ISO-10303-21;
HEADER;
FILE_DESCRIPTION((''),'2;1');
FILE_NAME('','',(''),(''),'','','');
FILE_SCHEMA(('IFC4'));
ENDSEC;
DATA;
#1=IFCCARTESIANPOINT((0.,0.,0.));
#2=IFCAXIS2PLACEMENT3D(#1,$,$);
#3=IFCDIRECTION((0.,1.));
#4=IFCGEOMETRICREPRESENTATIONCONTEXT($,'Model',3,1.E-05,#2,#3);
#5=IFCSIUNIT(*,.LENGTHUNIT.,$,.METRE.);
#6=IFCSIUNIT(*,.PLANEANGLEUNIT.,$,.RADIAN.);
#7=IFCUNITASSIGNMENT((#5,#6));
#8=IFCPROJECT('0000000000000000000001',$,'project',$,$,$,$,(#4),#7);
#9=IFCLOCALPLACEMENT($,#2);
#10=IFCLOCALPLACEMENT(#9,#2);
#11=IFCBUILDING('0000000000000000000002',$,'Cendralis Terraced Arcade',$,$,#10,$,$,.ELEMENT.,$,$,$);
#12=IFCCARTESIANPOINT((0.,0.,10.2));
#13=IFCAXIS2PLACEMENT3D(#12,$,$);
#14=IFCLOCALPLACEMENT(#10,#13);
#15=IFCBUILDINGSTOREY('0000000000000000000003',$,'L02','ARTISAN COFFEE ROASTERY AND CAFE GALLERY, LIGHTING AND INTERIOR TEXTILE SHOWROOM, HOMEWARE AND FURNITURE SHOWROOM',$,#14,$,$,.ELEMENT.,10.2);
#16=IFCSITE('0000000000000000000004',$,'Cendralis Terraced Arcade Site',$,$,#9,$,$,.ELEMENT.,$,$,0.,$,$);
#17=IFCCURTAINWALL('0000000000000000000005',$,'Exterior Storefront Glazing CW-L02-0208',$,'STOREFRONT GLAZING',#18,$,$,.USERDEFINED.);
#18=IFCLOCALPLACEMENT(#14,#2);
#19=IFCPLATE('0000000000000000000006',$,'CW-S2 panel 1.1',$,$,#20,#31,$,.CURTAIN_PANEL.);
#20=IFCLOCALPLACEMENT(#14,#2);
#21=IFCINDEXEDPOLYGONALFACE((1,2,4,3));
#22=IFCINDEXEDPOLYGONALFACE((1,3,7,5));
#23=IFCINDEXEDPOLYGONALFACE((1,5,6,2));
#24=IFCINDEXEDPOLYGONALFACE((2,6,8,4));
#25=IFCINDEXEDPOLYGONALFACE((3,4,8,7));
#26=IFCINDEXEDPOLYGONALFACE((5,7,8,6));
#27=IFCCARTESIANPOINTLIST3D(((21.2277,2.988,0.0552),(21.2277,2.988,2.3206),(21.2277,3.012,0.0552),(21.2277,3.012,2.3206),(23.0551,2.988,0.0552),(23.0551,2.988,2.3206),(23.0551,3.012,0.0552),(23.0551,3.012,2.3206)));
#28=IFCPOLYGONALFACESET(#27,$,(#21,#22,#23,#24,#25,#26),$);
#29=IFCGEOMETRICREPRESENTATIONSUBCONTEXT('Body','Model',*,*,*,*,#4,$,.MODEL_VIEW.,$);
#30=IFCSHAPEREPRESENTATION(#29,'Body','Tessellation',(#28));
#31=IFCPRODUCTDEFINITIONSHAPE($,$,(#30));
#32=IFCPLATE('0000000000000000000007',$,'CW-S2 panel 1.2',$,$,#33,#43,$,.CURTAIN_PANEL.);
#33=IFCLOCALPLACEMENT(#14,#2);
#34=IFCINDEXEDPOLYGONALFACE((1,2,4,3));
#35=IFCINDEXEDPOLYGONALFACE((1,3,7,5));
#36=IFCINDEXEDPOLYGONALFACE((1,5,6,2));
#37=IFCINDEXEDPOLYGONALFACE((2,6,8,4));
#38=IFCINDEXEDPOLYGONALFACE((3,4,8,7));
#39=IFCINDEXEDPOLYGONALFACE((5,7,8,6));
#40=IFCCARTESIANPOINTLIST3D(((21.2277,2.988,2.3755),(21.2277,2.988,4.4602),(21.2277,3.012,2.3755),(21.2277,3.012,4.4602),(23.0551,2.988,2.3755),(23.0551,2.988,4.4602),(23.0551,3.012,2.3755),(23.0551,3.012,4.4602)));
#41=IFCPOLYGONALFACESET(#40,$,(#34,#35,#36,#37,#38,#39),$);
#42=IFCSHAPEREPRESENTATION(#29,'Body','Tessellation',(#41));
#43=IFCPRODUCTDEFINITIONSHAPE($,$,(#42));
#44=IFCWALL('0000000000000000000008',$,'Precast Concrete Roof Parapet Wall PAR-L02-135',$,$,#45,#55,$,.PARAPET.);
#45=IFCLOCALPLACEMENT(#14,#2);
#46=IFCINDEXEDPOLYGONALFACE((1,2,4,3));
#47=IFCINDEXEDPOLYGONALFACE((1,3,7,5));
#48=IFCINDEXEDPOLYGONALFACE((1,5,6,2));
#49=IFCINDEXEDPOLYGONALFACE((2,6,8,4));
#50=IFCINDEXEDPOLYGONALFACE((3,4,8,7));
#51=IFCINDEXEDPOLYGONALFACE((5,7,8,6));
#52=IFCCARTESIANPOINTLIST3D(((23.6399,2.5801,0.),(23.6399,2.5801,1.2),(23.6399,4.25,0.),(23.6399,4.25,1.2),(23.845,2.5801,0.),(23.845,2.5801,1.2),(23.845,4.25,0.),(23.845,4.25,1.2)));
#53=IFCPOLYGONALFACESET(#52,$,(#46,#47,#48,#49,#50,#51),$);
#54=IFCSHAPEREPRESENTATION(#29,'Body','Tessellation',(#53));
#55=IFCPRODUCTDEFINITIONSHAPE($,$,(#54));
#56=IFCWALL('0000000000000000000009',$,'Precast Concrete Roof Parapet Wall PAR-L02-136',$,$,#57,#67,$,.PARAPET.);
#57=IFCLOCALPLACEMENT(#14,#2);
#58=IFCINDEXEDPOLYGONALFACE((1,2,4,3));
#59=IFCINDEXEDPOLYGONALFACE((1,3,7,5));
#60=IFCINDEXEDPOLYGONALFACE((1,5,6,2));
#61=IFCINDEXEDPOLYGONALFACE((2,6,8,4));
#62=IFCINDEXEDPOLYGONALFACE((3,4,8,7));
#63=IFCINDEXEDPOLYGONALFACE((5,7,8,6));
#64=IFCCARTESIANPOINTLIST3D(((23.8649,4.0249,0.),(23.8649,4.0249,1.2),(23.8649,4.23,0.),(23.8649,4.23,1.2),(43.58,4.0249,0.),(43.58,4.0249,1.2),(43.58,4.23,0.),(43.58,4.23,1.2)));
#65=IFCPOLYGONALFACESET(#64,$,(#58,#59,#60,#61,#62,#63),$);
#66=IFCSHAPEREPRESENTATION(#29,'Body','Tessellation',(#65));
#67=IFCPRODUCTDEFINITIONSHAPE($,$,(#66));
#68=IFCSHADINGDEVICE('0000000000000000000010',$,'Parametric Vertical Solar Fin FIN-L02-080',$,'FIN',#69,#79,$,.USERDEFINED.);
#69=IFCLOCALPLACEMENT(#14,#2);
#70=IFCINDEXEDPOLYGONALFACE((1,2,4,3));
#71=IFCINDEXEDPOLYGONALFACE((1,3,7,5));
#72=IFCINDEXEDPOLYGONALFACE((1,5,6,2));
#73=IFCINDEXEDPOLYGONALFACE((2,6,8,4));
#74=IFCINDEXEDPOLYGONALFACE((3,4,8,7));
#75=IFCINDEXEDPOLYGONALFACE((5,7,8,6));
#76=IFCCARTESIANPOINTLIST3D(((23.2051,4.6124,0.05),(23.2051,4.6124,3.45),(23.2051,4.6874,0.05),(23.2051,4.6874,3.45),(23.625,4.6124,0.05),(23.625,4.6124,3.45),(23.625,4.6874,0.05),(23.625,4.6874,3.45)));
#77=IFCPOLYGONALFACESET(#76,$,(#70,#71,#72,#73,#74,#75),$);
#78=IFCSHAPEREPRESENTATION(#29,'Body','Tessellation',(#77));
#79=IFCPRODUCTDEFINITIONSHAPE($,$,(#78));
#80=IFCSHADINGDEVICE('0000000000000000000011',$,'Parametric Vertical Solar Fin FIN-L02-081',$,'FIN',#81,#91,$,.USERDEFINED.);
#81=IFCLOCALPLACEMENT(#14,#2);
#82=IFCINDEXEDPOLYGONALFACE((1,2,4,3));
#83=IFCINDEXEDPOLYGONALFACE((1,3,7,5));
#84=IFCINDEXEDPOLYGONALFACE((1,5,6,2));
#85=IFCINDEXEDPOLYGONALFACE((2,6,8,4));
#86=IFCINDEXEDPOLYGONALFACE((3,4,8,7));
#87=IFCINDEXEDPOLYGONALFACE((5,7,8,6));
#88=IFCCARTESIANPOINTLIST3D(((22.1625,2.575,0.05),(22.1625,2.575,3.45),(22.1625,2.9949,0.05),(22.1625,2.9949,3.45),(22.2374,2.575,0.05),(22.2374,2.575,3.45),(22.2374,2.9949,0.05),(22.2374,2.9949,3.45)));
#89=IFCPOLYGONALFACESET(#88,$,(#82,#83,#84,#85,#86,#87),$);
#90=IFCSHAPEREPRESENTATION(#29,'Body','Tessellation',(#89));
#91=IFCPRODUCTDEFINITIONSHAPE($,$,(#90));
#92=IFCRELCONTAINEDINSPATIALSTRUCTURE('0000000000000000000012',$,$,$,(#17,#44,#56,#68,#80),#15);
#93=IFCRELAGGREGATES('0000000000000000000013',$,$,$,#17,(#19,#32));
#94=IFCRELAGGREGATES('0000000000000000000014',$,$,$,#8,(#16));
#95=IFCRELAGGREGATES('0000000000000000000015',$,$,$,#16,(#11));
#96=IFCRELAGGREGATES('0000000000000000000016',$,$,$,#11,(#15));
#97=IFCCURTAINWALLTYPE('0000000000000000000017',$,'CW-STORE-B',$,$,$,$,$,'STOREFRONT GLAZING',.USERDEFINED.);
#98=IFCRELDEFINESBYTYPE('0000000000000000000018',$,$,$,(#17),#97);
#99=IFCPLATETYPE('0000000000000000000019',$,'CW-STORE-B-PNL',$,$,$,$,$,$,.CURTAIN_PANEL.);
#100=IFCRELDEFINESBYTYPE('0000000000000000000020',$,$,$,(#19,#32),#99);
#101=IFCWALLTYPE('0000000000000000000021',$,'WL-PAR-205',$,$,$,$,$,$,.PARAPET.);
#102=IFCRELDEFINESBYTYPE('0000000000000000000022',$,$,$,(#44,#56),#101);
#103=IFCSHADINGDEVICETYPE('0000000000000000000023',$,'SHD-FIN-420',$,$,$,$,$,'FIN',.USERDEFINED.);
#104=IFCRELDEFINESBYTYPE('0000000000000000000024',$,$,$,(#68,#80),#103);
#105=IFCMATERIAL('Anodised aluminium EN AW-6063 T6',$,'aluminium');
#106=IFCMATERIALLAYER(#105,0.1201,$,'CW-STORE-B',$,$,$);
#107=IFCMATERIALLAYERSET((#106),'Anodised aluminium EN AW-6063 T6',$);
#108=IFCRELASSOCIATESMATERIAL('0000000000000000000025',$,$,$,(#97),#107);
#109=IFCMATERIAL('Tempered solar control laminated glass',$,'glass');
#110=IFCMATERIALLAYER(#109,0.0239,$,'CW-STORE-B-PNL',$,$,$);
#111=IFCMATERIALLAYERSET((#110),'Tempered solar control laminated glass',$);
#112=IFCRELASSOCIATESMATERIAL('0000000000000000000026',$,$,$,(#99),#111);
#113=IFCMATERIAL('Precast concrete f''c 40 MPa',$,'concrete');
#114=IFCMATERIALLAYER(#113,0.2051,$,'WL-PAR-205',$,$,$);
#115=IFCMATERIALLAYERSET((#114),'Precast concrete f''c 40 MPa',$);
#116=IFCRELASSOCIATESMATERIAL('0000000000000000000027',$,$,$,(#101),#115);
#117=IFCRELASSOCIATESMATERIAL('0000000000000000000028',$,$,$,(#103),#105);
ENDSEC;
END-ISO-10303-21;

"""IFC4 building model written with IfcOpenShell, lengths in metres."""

from ifc_helpers import new_model, si_unit, direction, frame, frame_2d, origin, origin_2d, place, context, subcontext, project, spatial, rectangle, extrude, material, layer, layer_set, type_object, element, aggregate, save


model = new_model("IFC4")

# Units and contexts
model_context = context("Model", 3, precision=1e-05, world=origin(), true_north=direction((0.0, 1.0)))
body_context = subcontext(model_context, "Body", "Model", "MODEL_VIEW")
ifc_project = project(units=[si_unit("LENGTHUNIT", "METRE"), si_unit("PLANEANGLEUNIT", "RADIAN")], contexts=[model_context])

# Site, building, storey
site_placement = place(None, origin())
site = spatial("IfcSite", under=ifc_project, at=site_placement, Name="Cendralis Terraced Arcade Site", CompositionType="ELEMENT", RefElevation=0.0)
building_placement = place(site_placement, origin())
building = spatial("IfcBuilding", under=site, at=building_placement, Name="Cendralis Terraced Arcade", CompositionType="ELEMENT")
storey_placement = place(building_placement, frame((0.0, 0.0, 10.2)))
storey = spatial("IfcBuildingStorey", under=building, at=storey_placement, Name="L02", Description="ARTISAN COFFEE ROASTERY AND CAFE GALLERY, LIGHTING AND INTERIOR TEXTILE SHOWROOM, HOMEWARE AND FURNITURE SHOWROOM", CompositionType="ELEMENT", Elevation=10.2)

# Curtain wall
ifc_material_1 = material(Name="Anodised aluminium EN AW-6063 T6", Category="aluminium")
ifc_layer_1 = layer(ifc_material_1, 0.1201, Name="CW-STORE-B")
ifc_layer_set_1 = layer_set([ifc_layer_1], Name="Anodised aluminium EN AW-6063 T6")
curtain_wall_type = type_object("IfcCurtainWallType", Name="CW-STORE-B", ElementType="STOREFRONT GLAZING", PredefinedType="USERDEFINED", material=ifc_layer_set_1)
curtain_wall_1_placement = place(storey_placement, origin())
curtain_wall_1 = element("IfcCurtainWall", 1, at=curtain_wall_1_placement, inside=storey, type_object=curtain_wall_type, Name="Exterior Storefront Glazing CW-L02-0208", ObjectType="STOREFRONT GLAZING", PredefinedType="USERDEFINED")

# Plates
ifc_material_2 = material(Name="Tempered solar control laminated glass", Category="glass")
ifc_layer_2 = layer(ifc_material_2, 0.0239, Name="CW-STORE-B-PNL")
ifc_layer_set_2 = layer_set([ifc_layer_2], Name="Tempered solar control laminated glass")
plate_type = type_object("IfcPlateType", Name="CW-STORE-B-PNL", PredefinedType="CURTAIN_PANEL", material=ifc_layer_set_2)
plate_1_placement = place(storey_placement, frame((22.1414, 3.0, 0.0552), z_axis=(0.0, 0.0, 1.0), x_axis=(-1.0, 0.0, 0.0)))
plate_1 = element("IfcPlate", 2, at=plate_1_placement, type_object=plate_type, Name="CW-S2 panel 1.1", PredefinedType="CURTAIN_PANEL", context=body_context, shape_type="SweptSolid", body=[
    extrude(rectangle(XDim=1.8274, YDim=0.0239, at=origin_2d()), origin(), (0.0, 0.0, 1.0), 2.2654),
])
plate_2_placement = place(storey_placement, frame((22.1414, 3.0, 2.3755), z_axis=(0.0, 0.0, 1.0), x_axis=(-1.0, 0.0, 0.0)))
plate_2 = element("IfcPlate", 3, at=plate_2_placement, type_object=plate_type, Name="CW-S2 panel 1.2", PredefinedType="CURTAIN_PANEL", context=body_context, shape_type="SweptSolid", body=[
    extrude(rectangle(XDim=1.8274, YDim=0.0239, at=origin_2d()), origin(), (0.0, 0.0, 1.0), 2.0847),
])
aggregate(curtain_wall_1, [plate_1, plate_2])

# Walls
ifc_material_3 = material(Name="Precast concrete f'c 40 MPa", Category="concrete")
ifc_layer_3 = layer(ifc_material_3, 0.2051, Name="WL-PAR-205")
ifc_layer_set_3 = layer_set([ifc_layer_3], Name="Precast concrete f'c 40 MPa")
wall_type = type_object("IfcWallType", Name="WL-PAR-205", PredefinedType="PARAPET", material=ifc_layer_set_3)
wall_1_placement = place(storey_placement, frame((23.7424, 2.5801, 0.0), z_axis=(0.0, 0.0, 1.0), x_axis=(0.0, 1.0, 0.0)))
element("IfcWall", 4, at=wall_1_placement, inside=storey, type_object=wall_type, Name="Precast Concrete Roof Parapet Wall PAR-L02-135", PredefinedType="PARAPET", context=body_context, shape_type="SweptSolid", body=[
    extrude(rectangle(XDim=1.6699, YDim=0.2051, at=frame_2d((0.835, 0.0))), origin(), (0.0, 0.0, 1.0), 1.2),
])
wall_2_placement = place(storey_placement, frame((23.865, 4.1274, 0.0), z_axis=(0.0, 0.0, 1.0), x_axis=(1.0, 0.0, 0.0)))
element("IfcWall", 5, at=wall_2_placement, inside=storey, type_object=wall_type, Name="Precast Concrete Roof Parapet Wall PAR-L02-136", PredefinedType="PARAPET", context=body_context, shape_type="SweptSolid", body=[
    extrude(rectangle(XDim=19.7151, YDim=0.2051, at=frame_2d((9.8574, 0.0))), origin(), (0.0, 0.0, 1.0), 1.2),
])

# Shading devices
shading_device_type = type_object("IfcShadingDeviceType", Name="SHD-FIN-420", ElementType="FIN", PredefinedType="USERDEFINED", material=ifc_material_1)
for number, where, z_axis, x_axis, name in (
    (6, (23.415, 4.6499, 0.05), (0.0, 0.0, 1.0), (0.0, -1.0, 0.0), "Parametric Vertical Solar Fin FIN-L02-080"),
    (7, (22.2, 2.7849, 0.05), (0.0, 0.0, 1.0), (-1.0, 0.0, 0.0), "Parametric Vertical Solar Fin FIN-L02-081"),
):
    element("IfcShadingDevice", number, at=place(storey_placement, frame(where, z_axis=z_axis, x_axis=x_axis)), inside=storey, type_object=shading_device_type, Name=name, ObjectType="FIN", PredefinedType="USERDEFINED", context=body_context, shape_type="SweptSolid", body=[
        extrude(rectangle(XDim=0.075, YDim=0.4199, at=origin_2d()), origin(), (0.0, 0.0, 1.0), 3.3999),
    ])

save(model, "model.ifc")
